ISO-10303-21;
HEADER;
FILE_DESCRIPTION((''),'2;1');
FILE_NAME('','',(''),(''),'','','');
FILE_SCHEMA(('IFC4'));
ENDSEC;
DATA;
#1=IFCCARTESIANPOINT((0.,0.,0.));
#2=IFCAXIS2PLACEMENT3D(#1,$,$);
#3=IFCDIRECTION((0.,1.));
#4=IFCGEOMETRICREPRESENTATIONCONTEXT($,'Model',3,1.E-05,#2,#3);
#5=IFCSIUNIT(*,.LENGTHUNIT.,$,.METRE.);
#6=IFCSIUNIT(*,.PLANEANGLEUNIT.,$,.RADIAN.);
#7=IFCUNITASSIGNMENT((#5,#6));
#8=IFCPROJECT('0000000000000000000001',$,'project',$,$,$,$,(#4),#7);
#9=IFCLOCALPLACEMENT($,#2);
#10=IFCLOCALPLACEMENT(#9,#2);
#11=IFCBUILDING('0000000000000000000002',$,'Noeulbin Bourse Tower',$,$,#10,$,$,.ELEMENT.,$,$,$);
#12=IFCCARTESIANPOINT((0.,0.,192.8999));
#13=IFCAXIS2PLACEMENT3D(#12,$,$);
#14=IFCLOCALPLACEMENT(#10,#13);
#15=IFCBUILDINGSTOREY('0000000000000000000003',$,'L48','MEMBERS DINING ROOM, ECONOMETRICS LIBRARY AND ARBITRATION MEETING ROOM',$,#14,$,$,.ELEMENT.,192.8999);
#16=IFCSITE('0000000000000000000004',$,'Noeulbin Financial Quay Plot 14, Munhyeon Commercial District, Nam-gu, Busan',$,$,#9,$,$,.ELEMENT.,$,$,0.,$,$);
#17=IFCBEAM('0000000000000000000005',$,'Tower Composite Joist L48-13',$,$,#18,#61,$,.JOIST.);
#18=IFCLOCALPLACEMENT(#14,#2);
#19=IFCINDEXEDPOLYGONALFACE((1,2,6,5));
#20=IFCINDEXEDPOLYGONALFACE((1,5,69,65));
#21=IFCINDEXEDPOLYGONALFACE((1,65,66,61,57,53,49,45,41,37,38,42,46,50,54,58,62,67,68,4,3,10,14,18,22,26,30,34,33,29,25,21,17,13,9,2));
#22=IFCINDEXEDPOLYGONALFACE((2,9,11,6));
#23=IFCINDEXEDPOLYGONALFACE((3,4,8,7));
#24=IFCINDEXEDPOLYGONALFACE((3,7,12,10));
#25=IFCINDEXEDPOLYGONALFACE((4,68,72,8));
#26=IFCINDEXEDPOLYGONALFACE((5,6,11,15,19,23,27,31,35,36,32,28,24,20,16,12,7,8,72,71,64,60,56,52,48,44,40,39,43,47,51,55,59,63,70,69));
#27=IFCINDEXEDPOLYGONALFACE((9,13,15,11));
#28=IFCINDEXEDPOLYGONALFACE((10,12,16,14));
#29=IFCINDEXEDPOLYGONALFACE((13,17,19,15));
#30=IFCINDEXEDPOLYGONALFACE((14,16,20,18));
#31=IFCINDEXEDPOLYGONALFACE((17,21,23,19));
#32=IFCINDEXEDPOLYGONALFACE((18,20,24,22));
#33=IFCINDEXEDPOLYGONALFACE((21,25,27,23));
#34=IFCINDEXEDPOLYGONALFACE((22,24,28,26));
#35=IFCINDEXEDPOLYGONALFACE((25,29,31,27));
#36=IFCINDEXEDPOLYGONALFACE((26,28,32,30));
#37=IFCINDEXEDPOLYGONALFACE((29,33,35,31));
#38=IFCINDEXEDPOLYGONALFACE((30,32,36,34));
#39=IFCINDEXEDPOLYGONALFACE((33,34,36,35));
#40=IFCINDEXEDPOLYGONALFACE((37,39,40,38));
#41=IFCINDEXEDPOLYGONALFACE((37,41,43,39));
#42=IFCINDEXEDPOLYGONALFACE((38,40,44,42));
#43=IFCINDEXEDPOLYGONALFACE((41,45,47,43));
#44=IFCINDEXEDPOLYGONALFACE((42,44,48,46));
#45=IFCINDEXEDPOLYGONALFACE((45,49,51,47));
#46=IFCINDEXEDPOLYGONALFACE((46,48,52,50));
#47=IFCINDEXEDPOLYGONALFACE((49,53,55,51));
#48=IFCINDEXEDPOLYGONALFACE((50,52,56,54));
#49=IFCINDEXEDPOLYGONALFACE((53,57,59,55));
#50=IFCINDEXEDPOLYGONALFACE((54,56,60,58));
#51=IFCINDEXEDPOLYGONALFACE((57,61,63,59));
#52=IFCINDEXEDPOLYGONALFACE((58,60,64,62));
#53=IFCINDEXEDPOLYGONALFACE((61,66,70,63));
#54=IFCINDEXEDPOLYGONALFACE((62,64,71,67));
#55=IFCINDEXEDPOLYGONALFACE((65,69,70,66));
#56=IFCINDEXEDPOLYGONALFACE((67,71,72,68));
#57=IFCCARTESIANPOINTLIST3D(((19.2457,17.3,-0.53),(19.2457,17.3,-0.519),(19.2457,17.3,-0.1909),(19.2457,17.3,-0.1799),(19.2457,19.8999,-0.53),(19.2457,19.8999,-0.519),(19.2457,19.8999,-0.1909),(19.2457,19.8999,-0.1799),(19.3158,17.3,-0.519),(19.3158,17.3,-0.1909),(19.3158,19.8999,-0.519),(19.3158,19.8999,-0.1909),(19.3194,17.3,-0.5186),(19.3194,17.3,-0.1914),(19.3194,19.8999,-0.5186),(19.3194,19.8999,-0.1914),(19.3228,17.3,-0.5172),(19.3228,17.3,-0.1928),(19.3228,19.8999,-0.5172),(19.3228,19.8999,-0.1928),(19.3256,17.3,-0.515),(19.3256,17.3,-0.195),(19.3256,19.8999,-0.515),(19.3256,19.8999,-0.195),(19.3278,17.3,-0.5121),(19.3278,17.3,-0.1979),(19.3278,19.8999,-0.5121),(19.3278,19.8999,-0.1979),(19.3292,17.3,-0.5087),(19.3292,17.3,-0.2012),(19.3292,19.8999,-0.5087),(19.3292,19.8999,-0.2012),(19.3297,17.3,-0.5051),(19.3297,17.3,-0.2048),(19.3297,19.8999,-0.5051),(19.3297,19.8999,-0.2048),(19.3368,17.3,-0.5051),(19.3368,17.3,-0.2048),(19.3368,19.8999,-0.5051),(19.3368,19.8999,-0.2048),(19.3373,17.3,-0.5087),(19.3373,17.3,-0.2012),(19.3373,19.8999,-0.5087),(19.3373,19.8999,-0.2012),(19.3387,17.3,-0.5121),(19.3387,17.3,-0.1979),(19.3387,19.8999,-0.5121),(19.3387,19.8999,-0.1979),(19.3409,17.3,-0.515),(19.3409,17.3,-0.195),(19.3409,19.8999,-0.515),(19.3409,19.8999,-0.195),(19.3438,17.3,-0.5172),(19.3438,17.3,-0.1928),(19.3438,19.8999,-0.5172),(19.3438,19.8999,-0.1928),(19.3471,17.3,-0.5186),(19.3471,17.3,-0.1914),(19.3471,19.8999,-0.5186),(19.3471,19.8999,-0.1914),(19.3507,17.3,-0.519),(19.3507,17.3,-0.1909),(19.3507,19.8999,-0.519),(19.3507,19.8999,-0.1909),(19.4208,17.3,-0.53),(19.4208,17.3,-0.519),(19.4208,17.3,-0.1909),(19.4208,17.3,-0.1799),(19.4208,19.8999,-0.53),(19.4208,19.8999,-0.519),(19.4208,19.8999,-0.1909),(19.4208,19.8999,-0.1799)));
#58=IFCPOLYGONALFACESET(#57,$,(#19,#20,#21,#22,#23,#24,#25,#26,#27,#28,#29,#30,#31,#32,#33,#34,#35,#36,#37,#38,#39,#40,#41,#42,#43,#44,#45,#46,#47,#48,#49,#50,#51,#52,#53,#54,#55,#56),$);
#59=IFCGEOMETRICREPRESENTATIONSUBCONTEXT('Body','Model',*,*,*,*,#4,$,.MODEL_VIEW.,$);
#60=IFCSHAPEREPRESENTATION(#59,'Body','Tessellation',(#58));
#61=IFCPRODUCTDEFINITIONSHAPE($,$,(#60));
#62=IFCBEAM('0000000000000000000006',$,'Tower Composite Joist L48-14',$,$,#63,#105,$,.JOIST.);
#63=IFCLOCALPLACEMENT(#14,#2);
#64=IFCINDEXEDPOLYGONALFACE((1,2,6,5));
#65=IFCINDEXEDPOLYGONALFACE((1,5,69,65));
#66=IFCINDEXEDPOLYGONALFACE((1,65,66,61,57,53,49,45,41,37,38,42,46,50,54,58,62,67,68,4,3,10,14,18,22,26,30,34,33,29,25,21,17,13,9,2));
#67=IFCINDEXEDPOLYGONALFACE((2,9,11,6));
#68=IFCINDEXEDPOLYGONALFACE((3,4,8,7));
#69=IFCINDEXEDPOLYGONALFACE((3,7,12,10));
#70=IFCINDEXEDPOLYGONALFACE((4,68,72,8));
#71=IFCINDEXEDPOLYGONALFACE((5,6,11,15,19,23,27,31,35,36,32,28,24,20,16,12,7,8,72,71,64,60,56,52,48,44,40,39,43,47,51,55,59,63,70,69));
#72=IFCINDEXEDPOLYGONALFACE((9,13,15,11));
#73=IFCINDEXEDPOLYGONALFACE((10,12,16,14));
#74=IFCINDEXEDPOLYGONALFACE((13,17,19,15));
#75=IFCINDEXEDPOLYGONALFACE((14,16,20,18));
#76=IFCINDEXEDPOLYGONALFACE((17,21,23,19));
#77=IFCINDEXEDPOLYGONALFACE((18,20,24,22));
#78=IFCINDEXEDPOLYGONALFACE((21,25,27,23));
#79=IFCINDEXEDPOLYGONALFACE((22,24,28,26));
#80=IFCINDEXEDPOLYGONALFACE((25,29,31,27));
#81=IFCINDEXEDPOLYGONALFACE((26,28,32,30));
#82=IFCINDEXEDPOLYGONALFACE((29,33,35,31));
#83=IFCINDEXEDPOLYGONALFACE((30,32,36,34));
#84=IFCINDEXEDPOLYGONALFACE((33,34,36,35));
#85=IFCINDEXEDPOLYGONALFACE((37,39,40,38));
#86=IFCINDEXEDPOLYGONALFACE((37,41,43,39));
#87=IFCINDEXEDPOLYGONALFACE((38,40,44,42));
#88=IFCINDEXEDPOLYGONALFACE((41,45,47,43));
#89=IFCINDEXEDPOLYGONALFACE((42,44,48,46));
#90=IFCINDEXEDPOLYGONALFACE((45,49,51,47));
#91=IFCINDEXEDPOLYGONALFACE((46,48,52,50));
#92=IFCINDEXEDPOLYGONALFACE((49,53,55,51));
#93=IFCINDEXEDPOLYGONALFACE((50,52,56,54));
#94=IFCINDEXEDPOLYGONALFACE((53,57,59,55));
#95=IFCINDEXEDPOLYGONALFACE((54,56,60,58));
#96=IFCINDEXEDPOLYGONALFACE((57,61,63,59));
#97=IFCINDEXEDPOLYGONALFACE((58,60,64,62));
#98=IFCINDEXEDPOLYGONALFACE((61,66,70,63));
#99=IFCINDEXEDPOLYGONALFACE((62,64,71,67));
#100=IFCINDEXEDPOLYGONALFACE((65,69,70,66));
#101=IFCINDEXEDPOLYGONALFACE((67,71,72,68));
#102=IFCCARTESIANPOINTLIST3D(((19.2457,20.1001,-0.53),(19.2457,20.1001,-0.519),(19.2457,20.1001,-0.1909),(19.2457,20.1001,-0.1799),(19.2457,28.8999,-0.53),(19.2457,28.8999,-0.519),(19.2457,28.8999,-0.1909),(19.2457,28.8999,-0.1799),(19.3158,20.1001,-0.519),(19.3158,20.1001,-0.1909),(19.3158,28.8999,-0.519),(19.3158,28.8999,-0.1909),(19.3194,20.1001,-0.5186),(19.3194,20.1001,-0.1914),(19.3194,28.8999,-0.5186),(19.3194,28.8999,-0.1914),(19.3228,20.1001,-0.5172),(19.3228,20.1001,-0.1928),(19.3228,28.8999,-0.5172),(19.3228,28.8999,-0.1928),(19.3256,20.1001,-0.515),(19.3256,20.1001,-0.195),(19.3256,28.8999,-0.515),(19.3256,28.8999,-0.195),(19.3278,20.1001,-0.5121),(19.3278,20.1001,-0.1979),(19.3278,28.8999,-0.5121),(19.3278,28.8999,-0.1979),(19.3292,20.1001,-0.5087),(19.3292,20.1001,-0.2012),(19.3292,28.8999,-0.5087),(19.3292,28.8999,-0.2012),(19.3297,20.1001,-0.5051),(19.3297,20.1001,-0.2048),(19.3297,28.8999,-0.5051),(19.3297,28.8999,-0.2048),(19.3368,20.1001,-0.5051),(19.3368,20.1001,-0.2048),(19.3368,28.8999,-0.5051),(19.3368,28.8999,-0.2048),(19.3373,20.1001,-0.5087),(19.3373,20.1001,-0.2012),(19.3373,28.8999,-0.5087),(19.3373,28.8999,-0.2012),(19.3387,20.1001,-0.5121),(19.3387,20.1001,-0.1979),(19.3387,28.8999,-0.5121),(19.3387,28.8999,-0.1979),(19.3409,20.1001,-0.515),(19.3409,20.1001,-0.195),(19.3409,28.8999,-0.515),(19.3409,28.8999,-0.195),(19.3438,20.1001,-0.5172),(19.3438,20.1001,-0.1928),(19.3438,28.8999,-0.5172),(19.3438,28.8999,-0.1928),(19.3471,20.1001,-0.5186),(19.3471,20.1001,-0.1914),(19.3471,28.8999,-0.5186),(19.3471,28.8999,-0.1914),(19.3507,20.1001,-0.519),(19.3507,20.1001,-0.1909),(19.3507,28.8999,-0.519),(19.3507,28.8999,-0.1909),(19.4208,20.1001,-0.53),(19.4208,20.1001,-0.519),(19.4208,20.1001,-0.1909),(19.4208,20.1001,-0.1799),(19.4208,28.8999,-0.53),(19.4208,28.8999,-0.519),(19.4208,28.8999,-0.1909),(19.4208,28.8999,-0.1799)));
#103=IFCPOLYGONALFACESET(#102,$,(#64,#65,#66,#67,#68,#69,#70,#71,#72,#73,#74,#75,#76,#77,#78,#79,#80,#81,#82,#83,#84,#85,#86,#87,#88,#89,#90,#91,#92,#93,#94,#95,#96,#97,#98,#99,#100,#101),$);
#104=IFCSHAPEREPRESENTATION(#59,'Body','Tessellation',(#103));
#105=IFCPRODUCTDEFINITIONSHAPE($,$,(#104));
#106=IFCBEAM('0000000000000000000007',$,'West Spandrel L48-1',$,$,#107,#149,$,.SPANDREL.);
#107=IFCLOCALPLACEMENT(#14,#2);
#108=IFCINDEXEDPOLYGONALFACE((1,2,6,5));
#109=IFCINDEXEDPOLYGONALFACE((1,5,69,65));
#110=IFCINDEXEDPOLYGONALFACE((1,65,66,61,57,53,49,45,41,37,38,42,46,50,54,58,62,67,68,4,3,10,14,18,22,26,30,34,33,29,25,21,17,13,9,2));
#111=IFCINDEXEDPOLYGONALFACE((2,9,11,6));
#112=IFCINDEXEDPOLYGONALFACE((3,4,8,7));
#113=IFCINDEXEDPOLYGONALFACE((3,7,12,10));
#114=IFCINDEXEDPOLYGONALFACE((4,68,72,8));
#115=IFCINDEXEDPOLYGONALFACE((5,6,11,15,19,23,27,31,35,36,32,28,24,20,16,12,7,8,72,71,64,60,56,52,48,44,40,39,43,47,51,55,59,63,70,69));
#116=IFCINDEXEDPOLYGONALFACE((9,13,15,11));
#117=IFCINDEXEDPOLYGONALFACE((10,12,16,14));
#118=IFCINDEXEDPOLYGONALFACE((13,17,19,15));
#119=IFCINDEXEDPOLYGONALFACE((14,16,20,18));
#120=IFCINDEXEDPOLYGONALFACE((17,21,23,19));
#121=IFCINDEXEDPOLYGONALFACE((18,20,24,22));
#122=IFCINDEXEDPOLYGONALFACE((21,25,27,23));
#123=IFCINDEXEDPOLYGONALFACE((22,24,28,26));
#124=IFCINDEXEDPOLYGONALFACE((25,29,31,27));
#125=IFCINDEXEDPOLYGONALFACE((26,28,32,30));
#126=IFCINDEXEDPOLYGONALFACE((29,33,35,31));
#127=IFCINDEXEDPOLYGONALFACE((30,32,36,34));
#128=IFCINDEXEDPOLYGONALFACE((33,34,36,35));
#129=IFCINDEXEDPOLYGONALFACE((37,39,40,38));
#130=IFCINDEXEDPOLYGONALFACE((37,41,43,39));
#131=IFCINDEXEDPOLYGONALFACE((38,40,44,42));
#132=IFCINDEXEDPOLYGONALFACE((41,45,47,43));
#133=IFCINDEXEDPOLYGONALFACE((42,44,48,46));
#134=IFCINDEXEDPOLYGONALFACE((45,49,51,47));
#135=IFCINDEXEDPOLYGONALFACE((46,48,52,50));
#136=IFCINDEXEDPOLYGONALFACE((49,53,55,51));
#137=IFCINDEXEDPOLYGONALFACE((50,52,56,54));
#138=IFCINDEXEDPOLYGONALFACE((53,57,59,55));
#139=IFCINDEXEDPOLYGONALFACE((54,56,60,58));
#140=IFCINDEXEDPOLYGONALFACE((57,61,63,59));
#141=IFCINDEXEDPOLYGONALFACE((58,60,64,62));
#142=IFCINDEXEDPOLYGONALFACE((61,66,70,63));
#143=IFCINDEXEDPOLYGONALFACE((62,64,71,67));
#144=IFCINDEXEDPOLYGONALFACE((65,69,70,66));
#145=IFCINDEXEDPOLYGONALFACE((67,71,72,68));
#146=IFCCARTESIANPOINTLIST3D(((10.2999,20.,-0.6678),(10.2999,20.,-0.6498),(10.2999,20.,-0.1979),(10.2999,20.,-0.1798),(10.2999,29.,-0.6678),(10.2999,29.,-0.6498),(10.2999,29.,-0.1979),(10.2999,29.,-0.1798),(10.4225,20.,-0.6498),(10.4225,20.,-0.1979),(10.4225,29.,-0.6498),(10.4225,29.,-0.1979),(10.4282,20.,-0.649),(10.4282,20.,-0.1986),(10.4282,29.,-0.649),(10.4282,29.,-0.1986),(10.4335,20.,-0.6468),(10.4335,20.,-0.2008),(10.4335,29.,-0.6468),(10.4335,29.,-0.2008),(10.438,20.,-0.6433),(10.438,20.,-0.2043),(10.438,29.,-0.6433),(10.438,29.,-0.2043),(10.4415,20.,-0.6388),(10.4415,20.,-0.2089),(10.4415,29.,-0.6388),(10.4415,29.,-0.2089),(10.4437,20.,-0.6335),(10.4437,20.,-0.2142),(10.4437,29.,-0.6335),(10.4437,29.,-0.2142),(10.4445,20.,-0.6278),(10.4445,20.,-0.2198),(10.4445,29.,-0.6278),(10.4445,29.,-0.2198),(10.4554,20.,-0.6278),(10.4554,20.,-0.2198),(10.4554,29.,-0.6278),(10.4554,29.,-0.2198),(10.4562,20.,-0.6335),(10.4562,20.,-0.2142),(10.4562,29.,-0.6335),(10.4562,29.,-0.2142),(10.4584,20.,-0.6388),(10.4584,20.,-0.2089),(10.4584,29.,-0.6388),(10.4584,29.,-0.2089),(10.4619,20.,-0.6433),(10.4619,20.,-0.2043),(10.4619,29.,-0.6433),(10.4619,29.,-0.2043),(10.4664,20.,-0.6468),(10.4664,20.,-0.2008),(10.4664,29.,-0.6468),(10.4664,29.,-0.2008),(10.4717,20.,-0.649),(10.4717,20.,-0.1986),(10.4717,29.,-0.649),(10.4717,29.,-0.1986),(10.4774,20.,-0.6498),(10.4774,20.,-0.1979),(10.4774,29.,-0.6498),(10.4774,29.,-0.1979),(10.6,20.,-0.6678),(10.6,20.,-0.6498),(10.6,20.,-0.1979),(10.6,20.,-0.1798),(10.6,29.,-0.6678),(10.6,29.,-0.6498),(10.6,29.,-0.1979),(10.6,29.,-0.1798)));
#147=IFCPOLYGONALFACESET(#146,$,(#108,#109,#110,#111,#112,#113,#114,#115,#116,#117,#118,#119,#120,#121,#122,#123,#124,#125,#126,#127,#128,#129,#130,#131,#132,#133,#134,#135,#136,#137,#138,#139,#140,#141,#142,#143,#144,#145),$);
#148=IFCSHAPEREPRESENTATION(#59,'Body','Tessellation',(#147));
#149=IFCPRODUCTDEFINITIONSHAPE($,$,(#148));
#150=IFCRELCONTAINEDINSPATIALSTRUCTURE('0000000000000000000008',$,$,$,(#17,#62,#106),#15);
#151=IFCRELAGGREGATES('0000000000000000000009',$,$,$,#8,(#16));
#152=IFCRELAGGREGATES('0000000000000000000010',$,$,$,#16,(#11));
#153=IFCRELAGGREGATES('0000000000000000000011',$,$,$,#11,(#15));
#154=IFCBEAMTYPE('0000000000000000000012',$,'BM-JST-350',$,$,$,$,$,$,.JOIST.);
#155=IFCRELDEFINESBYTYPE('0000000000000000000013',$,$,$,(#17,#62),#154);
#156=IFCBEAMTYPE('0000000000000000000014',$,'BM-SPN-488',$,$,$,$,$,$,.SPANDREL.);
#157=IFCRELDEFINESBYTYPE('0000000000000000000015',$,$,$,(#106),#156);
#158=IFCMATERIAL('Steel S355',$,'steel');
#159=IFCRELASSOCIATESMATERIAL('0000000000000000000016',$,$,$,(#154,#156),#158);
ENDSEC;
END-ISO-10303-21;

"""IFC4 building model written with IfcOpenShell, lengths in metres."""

from ifc_helpers import new_model, si_unit, direction, frame, origin, origin_2d, place, context, subcontext, project, spatial, i_section, extrude, material, material_profile, profile_set, type_object, element, save


model = new_model("IFC4")

# Units and contexts
model_context = context("Model", 3, precision=1e-05, world=origin(), true_north=direction((0.0, 1.0)))
body_context = subcontext(model_context, "Body", "Model", "MODEL_VIEW")
ifc_project = project(units=[si_unit("LENGTHUNIT", "METRE"), si_unit("PLANEANGLEUNIT", "RADIAN")], contexts=[model_context])

# Site, building, storey
site_placement = place(None, origin())
site = spatial("IfcSite", under=ifc_project, at=site_placement, Name="Noeulbin Financial Quay Plot 14, Munhyeon Commercial District, Nam-gu, Busan", CompositionType="ELEMENT", RefElevation=0.0)
building_placement = place(site_placement, origin())
building = spatial("IfcBuilding", under=site, at=building_placement, Name="Noeulbin Bourse Tower", CompositionType="ELEMENT")
storey_placement = place(building_placement, frame((0.0, 0.0, 192.8999)))
storey = spatial("IfcBuildingStorey", under=building, at=storey_placement, Name="L48", Description="MEMBERS DINING ROOM, ECONOMETRICS LIBRARY AND ARBITRATION MEETING ROOM", CompositionType="ELEMENT", Elevation=192.8999)

# Shared definitions
ifc_material_1 = material(Name="Steel S355", Category="steel")

# Beams
ifc_material_profile_1 = material_profile(ifc_material_1, i_section(OverallWidth=0.175, OverallDepth=0.3501, WebThickness=0.0071, FlangeThickness=0.011, FilletRadius=0.0139, at=origin_2d()), Name="H-350x175x7x11", Category="LoadBearing")
ifc_profile_set_1 = profile_set([ifc_material_profile_1], Name="Steel S355")
beam_type_1 = type_object("IfcBeamType", Name="BM-JST-350", PredefinedType="JOIST", material=ifc_profile_set_1)
beam_1_placement = place(storey_placement, frame((19.3333, 17.3, -0.355), z_axis=(0.0, 1.0, 0.0), x_axis=(-1.0, 0.0, 0.0)))
element("IfcBeam", 1, at=beam_1_placement, inside=storey, type_object=beam_type_1, Name="Tower Composite Joist L48-13", PredefinedType="JOIST", context=body_context, shape_type="SweptSolid", body=[
    extrude(i_section(OverallWidth=0.175, OverallDepth=0.3501, WebThickness=0.0071, FlangeThickness=0.011, FilletRadius=0.0139, at=origin_2d()), origin(), (0.0, 0.0, 1.0), 2.5999),
])
beam_2_placement = place(storey_placement, frame((19.3333, 20.1001, -0.355), z_axis=(0.0, 1.0, 0.0), x_axis=(-1.0, 0.0, 0.0)))
element("IfcBeam", 2, at=beam_2_placement, inside=storey, type_object=beam_type_1, Name="Tower Composite Joist L48-14", PredefinedType="JOIST", context=body_context, shape_type="SweptSolid", body=[
    extrude(i_section(OverallWidth=0.175, OverallDepth=0.3501, WebThickness=0.0071, FlangeThickness=0.011, FilletRadius=0.0139, at=origin_2d()), origin(), (0.0, 0.0, 1.0), 8.7998),
])
ifc_material_profile_2 = material_profile(ifc_material_1, i_section(OverallWidth=0.3, OverallDepth=0.488, WebThickness=0.011, FlangeThickness=0.0181, FilletRadius=0.022, at=origin_2d()), Name="H-488x300x11x18", Category="LoadBearing")
ifc_profile_set_2 = profile_set([ifc_material_profile_2], Name="Steel S355")
beam_type_2 = type_object("IfcBeamType", Name="BM-SPN-488", PredefinedType="SPANDREL", material=ifc_profile_set_2)
beam_3_placement = place(storey_placement, frame((10.45, 20.0, -0.4238), z_axis=(0.0, 1.0, 0.0), x_axis=(-1.0, 0.0, 0.0)))
element("IfcBeam", 3, at=beam_3_placement, inside=storey, type_object=beam_type_2, Name="West Spandrel L48-1", PredefinedType="SPANDREL", context=body_context, shape_type="SweptSolid", body=[
    extrude(i_section(OverallWidth=0.3, OverallDepth=0.488, WebThickness=0.011, FlangeThickness=0.0181, FilletRadius=0.022, at=origin_2d()), origin(), (0.0, 0.0, 1.0), 9.0),
])

save(model, "model.ifc")
